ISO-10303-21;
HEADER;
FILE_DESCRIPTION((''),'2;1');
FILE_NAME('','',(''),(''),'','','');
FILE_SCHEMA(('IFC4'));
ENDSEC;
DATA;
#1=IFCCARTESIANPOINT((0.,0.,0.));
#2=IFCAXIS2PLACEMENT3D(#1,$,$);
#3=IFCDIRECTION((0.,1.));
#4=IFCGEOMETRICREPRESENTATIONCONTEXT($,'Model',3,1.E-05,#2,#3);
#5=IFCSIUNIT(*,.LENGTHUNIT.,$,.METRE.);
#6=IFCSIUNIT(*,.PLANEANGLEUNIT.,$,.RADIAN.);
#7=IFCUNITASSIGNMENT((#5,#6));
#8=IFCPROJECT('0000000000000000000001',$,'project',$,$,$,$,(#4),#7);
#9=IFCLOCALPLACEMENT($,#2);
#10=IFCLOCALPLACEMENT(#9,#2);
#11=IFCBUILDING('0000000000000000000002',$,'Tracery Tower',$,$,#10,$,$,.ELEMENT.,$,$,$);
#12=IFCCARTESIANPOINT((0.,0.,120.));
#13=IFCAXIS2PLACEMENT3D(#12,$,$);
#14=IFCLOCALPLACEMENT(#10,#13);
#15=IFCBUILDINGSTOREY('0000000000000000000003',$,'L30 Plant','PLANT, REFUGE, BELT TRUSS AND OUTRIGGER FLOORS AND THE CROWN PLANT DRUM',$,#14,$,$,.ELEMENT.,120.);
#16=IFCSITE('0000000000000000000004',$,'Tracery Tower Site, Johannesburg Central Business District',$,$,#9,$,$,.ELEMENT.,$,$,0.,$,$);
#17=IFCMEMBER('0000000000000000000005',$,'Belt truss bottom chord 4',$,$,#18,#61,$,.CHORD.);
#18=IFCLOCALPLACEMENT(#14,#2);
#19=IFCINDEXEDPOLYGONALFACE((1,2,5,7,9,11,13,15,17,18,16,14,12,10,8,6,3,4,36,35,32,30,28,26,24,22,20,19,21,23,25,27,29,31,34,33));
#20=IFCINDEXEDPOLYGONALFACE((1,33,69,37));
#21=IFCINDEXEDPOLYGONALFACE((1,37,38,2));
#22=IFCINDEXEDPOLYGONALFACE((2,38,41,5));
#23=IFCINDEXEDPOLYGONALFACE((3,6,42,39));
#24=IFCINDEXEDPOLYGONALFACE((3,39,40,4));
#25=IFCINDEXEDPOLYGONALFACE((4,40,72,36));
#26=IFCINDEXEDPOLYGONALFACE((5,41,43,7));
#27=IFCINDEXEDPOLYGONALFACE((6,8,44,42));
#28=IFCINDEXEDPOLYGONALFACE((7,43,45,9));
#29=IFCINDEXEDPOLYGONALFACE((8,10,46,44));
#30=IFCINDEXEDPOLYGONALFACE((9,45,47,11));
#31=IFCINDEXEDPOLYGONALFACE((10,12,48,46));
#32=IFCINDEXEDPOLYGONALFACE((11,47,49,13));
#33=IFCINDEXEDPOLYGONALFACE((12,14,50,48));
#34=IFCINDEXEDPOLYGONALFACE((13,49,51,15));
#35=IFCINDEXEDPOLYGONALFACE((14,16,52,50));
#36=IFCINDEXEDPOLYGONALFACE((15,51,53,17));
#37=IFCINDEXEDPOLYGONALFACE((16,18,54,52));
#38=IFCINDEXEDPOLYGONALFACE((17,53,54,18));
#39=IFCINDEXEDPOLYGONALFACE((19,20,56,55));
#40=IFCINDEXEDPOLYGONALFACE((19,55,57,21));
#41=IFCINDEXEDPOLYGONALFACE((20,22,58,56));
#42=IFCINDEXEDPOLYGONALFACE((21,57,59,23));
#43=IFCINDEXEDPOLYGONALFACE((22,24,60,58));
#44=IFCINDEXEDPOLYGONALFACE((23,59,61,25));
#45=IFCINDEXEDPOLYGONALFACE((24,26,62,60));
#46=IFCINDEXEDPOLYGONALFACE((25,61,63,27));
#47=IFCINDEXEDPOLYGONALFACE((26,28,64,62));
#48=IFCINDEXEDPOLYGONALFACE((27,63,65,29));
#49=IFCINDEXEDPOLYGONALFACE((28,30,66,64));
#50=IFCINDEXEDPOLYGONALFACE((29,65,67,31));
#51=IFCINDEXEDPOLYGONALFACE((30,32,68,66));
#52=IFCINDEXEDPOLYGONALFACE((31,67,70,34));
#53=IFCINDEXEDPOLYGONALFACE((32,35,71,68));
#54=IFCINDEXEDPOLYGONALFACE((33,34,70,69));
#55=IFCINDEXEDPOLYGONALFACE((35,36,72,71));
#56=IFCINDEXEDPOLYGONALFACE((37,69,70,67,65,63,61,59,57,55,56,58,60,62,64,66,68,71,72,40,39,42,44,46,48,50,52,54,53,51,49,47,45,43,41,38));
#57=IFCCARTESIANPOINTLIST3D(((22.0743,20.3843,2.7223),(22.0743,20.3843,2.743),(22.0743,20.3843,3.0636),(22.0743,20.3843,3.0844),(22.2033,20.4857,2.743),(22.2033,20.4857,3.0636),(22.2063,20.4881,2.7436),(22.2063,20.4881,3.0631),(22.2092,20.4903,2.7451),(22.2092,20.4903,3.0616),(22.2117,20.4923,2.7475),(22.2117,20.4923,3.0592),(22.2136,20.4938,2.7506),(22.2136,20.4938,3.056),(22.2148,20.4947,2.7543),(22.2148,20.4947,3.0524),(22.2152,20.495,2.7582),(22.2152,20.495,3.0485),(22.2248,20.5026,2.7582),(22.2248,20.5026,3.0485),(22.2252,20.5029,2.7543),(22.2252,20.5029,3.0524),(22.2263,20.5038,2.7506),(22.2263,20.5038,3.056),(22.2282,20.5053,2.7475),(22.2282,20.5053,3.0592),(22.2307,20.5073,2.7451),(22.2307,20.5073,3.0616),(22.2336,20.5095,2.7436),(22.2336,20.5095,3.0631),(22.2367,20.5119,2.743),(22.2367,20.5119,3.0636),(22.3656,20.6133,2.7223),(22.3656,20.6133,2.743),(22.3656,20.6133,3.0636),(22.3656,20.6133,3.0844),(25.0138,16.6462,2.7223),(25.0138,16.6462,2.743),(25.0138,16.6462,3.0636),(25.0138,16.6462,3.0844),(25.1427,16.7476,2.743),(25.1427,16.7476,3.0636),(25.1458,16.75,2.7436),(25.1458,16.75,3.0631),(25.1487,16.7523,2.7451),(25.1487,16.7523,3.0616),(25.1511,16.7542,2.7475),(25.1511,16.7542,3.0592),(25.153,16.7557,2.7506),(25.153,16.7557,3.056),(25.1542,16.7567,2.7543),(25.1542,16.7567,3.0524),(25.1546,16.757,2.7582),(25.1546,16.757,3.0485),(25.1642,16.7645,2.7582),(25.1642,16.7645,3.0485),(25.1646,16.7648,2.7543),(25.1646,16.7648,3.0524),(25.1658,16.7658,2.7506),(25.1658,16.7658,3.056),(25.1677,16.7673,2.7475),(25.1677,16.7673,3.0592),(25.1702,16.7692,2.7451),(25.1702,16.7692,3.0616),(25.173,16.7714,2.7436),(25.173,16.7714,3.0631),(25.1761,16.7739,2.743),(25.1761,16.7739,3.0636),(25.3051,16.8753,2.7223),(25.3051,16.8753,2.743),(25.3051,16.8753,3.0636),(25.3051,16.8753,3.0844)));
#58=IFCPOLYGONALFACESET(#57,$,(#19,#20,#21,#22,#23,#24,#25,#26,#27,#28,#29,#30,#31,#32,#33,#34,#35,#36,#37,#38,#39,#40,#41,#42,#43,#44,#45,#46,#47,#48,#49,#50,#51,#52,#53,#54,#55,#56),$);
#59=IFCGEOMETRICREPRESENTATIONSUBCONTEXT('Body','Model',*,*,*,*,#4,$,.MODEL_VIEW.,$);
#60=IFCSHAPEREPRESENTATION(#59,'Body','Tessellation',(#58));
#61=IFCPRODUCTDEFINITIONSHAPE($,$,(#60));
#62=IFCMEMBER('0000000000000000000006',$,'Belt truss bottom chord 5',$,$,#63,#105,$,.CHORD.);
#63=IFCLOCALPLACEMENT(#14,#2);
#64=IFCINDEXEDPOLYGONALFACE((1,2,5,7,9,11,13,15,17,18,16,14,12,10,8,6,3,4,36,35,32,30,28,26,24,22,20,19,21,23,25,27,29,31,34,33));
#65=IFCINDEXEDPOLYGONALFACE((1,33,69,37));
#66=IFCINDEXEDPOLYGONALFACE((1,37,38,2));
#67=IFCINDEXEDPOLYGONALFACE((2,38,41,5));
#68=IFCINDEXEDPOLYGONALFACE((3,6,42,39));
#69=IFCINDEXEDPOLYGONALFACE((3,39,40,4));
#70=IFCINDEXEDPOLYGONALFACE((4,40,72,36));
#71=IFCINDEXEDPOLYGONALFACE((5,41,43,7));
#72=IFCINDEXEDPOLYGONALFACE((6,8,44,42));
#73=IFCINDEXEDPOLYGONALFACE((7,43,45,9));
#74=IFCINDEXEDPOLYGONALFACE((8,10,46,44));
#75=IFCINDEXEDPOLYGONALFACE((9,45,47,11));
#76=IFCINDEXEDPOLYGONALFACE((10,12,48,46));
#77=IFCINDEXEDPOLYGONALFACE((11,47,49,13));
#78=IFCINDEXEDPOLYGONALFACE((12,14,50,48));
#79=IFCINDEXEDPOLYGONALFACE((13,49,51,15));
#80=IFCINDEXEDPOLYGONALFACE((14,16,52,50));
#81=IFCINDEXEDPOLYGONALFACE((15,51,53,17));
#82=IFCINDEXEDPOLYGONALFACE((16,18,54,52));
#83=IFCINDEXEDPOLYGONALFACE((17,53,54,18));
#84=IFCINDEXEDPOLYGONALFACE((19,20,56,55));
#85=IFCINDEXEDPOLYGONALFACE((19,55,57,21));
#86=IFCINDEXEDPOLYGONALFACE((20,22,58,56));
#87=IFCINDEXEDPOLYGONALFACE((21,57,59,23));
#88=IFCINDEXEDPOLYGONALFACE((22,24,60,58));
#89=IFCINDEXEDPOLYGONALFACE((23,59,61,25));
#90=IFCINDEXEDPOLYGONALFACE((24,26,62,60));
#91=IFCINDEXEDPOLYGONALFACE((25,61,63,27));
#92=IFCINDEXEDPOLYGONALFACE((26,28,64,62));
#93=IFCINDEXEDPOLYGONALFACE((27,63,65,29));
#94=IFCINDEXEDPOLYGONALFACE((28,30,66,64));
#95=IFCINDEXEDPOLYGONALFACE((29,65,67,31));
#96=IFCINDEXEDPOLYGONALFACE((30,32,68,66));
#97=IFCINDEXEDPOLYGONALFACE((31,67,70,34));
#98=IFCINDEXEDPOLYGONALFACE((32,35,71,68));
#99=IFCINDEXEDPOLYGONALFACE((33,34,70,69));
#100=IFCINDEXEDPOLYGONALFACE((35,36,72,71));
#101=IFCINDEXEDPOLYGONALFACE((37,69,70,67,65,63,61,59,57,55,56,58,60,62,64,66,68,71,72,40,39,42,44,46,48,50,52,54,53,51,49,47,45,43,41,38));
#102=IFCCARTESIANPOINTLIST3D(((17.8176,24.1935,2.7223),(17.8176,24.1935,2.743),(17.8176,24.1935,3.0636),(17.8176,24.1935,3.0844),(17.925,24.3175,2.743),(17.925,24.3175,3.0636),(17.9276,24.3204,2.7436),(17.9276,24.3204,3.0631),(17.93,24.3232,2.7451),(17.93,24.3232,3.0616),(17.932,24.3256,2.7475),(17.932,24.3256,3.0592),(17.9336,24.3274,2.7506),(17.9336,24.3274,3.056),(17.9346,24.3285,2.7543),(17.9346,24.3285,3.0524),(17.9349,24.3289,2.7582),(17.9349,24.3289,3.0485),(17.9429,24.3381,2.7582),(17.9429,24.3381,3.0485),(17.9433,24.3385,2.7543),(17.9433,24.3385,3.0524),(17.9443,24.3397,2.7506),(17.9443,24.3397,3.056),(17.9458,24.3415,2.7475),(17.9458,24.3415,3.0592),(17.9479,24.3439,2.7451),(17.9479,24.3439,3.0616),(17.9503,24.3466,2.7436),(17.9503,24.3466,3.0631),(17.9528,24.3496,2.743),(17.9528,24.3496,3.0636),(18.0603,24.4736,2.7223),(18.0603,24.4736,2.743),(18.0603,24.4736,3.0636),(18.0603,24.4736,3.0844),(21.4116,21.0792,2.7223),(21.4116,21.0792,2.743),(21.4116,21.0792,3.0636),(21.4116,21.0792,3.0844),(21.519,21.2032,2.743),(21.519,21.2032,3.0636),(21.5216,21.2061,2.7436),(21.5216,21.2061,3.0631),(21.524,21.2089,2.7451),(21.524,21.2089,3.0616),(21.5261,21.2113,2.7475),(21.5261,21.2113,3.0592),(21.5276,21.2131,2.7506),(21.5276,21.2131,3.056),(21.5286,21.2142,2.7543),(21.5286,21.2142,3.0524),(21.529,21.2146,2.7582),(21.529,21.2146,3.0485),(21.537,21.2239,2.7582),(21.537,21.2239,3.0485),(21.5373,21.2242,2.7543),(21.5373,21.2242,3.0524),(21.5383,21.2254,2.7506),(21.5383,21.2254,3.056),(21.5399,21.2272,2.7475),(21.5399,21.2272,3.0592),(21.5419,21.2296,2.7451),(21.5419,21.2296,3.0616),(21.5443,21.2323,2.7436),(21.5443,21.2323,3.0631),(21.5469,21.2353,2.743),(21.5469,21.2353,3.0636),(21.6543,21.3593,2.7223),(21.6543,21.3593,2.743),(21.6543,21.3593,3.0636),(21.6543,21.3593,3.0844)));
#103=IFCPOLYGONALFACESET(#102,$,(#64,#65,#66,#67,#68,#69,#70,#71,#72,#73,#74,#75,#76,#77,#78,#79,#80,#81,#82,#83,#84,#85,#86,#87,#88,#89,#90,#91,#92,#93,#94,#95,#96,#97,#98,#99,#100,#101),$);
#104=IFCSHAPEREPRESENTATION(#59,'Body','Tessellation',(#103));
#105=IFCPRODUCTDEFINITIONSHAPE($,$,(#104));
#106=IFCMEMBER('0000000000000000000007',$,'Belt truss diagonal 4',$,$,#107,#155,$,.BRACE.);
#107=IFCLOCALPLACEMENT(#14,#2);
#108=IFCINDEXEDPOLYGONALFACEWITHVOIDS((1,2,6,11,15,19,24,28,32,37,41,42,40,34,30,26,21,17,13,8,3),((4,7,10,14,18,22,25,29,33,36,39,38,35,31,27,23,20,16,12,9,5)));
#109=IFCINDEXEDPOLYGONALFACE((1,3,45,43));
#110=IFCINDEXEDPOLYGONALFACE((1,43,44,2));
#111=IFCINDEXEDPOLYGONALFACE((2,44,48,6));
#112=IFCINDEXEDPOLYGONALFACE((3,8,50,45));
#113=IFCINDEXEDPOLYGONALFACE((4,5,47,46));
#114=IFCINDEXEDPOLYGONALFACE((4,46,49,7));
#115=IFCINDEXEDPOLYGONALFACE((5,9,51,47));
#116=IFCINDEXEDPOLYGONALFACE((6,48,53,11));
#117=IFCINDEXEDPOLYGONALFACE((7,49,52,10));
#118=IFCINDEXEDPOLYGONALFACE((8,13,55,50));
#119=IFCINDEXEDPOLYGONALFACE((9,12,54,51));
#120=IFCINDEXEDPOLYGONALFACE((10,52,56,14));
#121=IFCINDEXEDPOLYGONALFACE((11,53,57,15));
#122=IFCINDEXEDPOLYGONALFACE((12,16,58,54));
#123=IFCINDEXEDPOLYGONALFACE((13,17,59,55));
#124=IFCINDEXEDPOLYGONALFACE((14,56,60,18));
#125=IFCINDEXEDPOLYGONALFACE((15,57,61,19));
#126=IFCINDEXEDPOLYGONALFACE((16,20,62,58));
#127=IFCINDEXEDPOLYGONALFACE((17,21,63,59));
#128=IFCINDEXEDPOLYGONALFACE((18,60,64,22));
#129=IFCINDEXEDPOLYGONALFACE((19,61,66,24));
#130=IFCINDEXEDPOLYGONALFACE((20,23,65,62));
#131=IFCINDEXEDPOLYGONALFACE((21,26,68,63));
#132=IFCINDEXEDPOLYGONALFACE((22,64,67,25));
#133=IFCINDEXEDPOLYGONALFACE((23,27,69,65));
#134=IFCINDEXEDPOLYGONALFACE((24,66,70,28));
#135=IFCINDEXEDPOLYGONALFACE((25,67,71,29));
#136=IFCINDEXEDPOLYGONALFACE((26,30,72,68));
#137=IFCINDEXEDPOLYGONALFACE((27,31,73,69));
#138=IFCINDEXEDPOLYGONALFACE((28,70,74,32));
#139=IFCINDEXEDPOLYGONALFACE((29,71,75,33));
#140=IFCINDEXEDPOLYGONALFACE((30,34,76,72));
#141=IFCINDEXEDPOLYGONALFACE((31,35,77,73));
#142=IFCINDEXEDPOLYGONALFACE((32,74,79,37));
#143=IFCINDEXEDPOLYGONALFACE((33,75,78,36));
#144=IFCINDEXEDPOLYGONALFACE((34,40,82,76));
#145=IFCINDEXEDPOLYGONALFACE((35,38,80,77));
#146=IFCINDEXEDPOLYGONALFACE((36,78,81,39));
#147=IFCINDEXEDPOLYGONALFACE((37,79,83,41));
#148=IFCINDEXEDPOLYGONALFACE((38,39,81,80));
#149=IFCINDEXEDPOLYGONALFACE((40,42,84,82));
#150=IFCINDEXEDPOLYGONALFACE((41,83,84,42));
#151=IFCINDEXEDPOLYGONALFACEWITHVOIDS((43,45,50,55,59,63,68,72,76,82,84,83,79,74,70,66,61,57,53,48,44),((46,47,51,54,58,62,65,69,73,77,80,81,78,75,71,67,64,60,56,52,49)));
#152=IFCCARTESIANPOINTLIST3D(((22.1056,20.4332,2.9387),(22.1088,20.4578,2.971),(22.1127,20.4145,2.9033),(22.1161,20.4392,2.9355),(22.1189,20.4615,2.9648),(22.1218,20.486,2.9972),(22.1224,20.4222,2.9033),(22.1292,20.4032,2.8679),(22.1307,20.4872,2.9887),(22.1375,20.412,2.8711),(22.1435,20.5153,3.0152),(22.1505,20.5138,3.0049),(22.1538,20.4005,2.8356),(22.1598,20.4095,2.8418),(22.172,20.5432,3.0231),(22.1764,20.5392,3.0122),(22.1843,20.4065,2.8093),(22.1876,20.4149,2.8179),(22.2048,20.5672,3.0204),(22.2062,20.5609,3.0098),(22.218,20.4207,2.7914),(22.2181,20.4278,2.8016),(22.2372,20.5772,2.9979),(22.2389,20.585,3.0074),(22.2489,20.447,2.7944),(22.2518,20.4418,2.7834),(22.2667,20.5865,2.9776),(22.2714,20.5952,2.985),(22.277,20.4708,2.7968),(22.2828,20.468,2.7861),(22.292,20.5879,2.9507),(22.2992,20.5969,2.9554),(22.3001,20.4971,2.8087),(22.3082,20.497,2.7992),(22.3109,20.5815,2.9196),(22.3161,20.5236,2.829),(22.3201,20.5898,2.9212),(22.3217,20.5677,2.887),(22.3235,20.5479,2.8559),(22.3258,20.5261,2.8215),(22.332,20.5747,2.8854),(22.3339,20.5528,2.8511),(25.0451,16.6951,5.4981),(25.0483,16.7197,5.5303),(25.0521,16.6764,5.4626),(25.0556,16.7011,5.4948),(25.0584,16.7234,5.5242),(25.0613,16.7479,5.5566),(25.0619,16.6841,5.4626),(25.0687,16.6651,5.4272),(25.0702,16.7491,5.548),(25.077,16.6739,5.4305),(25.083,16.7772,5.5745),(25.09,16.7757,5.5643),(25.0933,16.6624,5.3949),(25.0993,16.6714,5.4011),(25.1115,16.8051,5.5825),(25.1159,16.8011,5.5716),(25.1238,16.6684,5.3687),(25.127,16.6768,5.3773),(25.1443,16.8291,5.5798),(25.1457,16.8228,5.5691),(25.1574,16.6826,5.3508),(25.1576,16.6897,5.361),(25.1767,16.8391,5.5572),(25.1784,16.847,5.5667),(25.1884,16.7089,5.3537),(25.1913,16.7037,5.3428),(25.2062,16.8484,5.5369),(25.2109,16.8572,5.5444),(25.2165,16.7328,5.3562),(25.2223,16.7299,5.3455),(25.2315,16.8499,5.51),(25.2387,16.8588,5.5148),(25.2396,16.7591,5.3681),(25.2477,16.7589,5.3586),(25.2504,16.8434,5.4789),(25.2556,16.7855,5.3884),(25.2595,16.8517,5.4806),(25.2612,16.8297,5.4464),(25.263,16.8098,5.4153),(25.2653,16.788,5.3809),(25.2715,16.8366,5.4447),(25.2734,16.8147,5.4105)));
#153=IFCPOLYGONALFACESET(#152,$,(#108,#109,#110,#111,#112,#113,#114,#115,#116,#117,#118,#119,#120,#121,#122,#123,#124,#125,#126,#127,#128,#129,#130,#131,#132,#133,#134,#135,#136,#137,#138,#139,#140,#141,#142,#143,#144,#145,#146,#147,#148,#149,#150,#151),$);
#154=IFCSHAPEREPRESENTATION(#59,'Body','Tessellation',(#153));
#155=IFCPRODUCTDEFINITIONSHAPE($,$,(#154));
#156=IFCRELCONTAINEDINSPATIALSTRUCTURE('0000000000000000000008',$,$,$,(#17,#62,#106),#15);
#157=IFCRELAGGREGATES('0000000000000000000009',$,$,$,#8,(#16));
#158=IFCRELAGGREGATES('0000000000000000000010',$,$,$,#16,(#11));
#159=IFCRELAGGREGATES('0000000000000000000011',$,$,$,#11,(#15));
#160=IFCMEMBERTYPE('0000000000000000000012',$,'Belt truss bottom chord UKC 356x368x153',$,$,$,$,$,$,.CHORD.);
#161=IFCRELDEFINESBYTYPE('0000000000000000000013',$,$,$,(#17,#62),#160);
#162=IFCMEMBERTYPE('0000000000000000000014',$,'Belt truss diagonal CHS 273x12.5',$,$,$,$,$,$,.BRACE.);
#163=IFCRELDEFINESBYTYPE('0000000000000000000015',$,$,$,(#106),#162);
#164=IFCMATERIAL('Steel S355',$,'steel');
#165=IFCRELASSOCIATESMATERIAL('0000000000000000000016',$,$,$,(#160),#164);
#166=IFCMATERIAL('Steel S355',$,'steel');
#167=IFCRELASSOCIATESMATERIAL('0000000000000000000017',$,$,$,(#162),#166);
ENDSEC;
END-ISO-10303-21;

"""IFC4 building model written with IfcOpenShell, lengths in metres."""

from ifc_helpers import new_model, si_unit, direction, frame, origin, origin_2d, place, context, subcontext, project, spatial, hollow_circle, i_section, extrude, material, material_profile, profile_set, type_object, element, save


model = new_model("IFC4")

# Units and contexts
model_context = context("Model", 3, precision=1e-05, world=origin(), true_north=direction((0.0, 1.0)))
body_context = subcontext(model_context, "Body", "Model", "MODEL_VIEW")
ifc_project = project(units=[si_unit("LENGTHUNIT", "METRE"), si_unit("PLANEANGLEUNIT", "RADIAN")], contexts=[model_context])

# Site, building, storey
site_placement = place(None, origin())
site = spatial("IfcSite", under=ifc_project, at=site_placement, Name="Tracery Tower Site, Johannesburg Central Business District", CompositionType="ELEMENT", RefElevation=0.0)
building_placement = place(site_placement, origin())
building = spatial("IfcBuilding", under=site, at=building_placement, Name="Tracery Tower", CompositionType="ELEMENT")
storey_placement = place(building_placement, frame((0.0, 0.0, 120.0)))
storey = spatial("IfcBuildingStorey", under=building, at=storey_placement, Name="L30 Plant", Description="PLANT, REFUGE, BELT TRUSS AND OUTRIGGER FLOORS AND THE CROWN PLANT DRUM", CompositionType="ELEMENT", Elevation=120.0)

# Members
ifc_material_1 = material(Name="Steel S355", Category="steel")
ifc_material_profile_1 = material_profile(ifc_material_1, i_section(OverallWidth=0.3706, OverallDepth=0.3621, WebThickness=0.0122, FlangeThickness=0.0208, FilletRadius=0.0151, at=origin_2d()), Name="UKC 356x368x153")
ifc_profile_set_1 = profile_set([ifc_material_profile_1], Name="Steel S355")
member_type_1 = type_object("IfcMemberType", Name="Belt truss bottom chord UKC 356x368x153", PredefinedType="CHORD", material=ifc_profile_set_1)
member_1_placement = place(storey_placement, frame((25.1594, 16.7607, 2.9033), z_axis=(-0.618137, 0.786071, 0.0), x_axis=(-0.786071, -0.618137, 0.0)))
element("IfcMember", 1, at=member_1_placement, inside=storey, type_object=member_type_1, Name="Belt truss bottom chord 4", PredefinedType="CHORD", context=body_context, shape_type="SweptSolid", body=[
    extrude(i_section(OverallWidth=0.3706, OverallDepth=0.3621, WebThickness=0.0122, FlangeThickness=0.0208, FilletRadius=0.0151, at=origin_2d()), origin(), (0.0, 0.0, 1.0), 4.7554),
])
member_2_placement = place(storey_placement, frame((21.533, 21.2192, 2.9033), z_axis=(-0.755745, 0.654866, 0.0), x_axis=(-0.654866, -0.755745, 0.0)))
element("IfcMember", 2, at=member_2_placement, inside=storey, type_object=member_type_1, Name="Belt truss bottom chord 5", PredefinedType="CHORD", context=body_context, shape_type="SweptSolid", body=[
    extrude(i_section(OverallWidth=0.3706, OverallDepth=0.3621, WebThickness=0.0122, FlangeThickness=0.0208, FilletRadius=0.0151, at=origin_2d()), origin(), (0.0, 0.0, 1.0), 4.7556),
])
ifc_material_2 = material(Name="Steel S355", Category="steel")
ifc_material_profile_2 = material_profile(ifc_material_2, hollow_circle(Radius=0.1365, WallThickness=0.0125, at=origin_2d()), Name="CHS 273x12.5")
ifc_profile_set_2 = profile_set([ifc_material_profile_2], Name="Steel S355")
member_type_2 = type_object("IfcMemberType", Name="Belt truss diagonal CHS 273x12.5", PredefinedType="BRACE", material=ifc_profile_set_2)
member_3_placement = place(storey_placement, frame((25.1594, 16.7607, 5.4626), z_axis=(-0.544311, 0.692188, -0.473921), x_axis=(-0.786071, -0.618137, 0.0)))
element("IfcMember", 3, at=member_3_placement, inside=storey, type_object=member_type_2, Name="Belt truss diagonal 4", PredefinedType="BRACE", context=body_context, shape_type="SweptSolid", body=[
    extrude(hollow_circle(Radius=0.1365, WallThickness=0.0125, at=origin_2d()), origin(), (0.0, 0.0, 1.0), 5.4004),
])

save(model, "model.ifc")
